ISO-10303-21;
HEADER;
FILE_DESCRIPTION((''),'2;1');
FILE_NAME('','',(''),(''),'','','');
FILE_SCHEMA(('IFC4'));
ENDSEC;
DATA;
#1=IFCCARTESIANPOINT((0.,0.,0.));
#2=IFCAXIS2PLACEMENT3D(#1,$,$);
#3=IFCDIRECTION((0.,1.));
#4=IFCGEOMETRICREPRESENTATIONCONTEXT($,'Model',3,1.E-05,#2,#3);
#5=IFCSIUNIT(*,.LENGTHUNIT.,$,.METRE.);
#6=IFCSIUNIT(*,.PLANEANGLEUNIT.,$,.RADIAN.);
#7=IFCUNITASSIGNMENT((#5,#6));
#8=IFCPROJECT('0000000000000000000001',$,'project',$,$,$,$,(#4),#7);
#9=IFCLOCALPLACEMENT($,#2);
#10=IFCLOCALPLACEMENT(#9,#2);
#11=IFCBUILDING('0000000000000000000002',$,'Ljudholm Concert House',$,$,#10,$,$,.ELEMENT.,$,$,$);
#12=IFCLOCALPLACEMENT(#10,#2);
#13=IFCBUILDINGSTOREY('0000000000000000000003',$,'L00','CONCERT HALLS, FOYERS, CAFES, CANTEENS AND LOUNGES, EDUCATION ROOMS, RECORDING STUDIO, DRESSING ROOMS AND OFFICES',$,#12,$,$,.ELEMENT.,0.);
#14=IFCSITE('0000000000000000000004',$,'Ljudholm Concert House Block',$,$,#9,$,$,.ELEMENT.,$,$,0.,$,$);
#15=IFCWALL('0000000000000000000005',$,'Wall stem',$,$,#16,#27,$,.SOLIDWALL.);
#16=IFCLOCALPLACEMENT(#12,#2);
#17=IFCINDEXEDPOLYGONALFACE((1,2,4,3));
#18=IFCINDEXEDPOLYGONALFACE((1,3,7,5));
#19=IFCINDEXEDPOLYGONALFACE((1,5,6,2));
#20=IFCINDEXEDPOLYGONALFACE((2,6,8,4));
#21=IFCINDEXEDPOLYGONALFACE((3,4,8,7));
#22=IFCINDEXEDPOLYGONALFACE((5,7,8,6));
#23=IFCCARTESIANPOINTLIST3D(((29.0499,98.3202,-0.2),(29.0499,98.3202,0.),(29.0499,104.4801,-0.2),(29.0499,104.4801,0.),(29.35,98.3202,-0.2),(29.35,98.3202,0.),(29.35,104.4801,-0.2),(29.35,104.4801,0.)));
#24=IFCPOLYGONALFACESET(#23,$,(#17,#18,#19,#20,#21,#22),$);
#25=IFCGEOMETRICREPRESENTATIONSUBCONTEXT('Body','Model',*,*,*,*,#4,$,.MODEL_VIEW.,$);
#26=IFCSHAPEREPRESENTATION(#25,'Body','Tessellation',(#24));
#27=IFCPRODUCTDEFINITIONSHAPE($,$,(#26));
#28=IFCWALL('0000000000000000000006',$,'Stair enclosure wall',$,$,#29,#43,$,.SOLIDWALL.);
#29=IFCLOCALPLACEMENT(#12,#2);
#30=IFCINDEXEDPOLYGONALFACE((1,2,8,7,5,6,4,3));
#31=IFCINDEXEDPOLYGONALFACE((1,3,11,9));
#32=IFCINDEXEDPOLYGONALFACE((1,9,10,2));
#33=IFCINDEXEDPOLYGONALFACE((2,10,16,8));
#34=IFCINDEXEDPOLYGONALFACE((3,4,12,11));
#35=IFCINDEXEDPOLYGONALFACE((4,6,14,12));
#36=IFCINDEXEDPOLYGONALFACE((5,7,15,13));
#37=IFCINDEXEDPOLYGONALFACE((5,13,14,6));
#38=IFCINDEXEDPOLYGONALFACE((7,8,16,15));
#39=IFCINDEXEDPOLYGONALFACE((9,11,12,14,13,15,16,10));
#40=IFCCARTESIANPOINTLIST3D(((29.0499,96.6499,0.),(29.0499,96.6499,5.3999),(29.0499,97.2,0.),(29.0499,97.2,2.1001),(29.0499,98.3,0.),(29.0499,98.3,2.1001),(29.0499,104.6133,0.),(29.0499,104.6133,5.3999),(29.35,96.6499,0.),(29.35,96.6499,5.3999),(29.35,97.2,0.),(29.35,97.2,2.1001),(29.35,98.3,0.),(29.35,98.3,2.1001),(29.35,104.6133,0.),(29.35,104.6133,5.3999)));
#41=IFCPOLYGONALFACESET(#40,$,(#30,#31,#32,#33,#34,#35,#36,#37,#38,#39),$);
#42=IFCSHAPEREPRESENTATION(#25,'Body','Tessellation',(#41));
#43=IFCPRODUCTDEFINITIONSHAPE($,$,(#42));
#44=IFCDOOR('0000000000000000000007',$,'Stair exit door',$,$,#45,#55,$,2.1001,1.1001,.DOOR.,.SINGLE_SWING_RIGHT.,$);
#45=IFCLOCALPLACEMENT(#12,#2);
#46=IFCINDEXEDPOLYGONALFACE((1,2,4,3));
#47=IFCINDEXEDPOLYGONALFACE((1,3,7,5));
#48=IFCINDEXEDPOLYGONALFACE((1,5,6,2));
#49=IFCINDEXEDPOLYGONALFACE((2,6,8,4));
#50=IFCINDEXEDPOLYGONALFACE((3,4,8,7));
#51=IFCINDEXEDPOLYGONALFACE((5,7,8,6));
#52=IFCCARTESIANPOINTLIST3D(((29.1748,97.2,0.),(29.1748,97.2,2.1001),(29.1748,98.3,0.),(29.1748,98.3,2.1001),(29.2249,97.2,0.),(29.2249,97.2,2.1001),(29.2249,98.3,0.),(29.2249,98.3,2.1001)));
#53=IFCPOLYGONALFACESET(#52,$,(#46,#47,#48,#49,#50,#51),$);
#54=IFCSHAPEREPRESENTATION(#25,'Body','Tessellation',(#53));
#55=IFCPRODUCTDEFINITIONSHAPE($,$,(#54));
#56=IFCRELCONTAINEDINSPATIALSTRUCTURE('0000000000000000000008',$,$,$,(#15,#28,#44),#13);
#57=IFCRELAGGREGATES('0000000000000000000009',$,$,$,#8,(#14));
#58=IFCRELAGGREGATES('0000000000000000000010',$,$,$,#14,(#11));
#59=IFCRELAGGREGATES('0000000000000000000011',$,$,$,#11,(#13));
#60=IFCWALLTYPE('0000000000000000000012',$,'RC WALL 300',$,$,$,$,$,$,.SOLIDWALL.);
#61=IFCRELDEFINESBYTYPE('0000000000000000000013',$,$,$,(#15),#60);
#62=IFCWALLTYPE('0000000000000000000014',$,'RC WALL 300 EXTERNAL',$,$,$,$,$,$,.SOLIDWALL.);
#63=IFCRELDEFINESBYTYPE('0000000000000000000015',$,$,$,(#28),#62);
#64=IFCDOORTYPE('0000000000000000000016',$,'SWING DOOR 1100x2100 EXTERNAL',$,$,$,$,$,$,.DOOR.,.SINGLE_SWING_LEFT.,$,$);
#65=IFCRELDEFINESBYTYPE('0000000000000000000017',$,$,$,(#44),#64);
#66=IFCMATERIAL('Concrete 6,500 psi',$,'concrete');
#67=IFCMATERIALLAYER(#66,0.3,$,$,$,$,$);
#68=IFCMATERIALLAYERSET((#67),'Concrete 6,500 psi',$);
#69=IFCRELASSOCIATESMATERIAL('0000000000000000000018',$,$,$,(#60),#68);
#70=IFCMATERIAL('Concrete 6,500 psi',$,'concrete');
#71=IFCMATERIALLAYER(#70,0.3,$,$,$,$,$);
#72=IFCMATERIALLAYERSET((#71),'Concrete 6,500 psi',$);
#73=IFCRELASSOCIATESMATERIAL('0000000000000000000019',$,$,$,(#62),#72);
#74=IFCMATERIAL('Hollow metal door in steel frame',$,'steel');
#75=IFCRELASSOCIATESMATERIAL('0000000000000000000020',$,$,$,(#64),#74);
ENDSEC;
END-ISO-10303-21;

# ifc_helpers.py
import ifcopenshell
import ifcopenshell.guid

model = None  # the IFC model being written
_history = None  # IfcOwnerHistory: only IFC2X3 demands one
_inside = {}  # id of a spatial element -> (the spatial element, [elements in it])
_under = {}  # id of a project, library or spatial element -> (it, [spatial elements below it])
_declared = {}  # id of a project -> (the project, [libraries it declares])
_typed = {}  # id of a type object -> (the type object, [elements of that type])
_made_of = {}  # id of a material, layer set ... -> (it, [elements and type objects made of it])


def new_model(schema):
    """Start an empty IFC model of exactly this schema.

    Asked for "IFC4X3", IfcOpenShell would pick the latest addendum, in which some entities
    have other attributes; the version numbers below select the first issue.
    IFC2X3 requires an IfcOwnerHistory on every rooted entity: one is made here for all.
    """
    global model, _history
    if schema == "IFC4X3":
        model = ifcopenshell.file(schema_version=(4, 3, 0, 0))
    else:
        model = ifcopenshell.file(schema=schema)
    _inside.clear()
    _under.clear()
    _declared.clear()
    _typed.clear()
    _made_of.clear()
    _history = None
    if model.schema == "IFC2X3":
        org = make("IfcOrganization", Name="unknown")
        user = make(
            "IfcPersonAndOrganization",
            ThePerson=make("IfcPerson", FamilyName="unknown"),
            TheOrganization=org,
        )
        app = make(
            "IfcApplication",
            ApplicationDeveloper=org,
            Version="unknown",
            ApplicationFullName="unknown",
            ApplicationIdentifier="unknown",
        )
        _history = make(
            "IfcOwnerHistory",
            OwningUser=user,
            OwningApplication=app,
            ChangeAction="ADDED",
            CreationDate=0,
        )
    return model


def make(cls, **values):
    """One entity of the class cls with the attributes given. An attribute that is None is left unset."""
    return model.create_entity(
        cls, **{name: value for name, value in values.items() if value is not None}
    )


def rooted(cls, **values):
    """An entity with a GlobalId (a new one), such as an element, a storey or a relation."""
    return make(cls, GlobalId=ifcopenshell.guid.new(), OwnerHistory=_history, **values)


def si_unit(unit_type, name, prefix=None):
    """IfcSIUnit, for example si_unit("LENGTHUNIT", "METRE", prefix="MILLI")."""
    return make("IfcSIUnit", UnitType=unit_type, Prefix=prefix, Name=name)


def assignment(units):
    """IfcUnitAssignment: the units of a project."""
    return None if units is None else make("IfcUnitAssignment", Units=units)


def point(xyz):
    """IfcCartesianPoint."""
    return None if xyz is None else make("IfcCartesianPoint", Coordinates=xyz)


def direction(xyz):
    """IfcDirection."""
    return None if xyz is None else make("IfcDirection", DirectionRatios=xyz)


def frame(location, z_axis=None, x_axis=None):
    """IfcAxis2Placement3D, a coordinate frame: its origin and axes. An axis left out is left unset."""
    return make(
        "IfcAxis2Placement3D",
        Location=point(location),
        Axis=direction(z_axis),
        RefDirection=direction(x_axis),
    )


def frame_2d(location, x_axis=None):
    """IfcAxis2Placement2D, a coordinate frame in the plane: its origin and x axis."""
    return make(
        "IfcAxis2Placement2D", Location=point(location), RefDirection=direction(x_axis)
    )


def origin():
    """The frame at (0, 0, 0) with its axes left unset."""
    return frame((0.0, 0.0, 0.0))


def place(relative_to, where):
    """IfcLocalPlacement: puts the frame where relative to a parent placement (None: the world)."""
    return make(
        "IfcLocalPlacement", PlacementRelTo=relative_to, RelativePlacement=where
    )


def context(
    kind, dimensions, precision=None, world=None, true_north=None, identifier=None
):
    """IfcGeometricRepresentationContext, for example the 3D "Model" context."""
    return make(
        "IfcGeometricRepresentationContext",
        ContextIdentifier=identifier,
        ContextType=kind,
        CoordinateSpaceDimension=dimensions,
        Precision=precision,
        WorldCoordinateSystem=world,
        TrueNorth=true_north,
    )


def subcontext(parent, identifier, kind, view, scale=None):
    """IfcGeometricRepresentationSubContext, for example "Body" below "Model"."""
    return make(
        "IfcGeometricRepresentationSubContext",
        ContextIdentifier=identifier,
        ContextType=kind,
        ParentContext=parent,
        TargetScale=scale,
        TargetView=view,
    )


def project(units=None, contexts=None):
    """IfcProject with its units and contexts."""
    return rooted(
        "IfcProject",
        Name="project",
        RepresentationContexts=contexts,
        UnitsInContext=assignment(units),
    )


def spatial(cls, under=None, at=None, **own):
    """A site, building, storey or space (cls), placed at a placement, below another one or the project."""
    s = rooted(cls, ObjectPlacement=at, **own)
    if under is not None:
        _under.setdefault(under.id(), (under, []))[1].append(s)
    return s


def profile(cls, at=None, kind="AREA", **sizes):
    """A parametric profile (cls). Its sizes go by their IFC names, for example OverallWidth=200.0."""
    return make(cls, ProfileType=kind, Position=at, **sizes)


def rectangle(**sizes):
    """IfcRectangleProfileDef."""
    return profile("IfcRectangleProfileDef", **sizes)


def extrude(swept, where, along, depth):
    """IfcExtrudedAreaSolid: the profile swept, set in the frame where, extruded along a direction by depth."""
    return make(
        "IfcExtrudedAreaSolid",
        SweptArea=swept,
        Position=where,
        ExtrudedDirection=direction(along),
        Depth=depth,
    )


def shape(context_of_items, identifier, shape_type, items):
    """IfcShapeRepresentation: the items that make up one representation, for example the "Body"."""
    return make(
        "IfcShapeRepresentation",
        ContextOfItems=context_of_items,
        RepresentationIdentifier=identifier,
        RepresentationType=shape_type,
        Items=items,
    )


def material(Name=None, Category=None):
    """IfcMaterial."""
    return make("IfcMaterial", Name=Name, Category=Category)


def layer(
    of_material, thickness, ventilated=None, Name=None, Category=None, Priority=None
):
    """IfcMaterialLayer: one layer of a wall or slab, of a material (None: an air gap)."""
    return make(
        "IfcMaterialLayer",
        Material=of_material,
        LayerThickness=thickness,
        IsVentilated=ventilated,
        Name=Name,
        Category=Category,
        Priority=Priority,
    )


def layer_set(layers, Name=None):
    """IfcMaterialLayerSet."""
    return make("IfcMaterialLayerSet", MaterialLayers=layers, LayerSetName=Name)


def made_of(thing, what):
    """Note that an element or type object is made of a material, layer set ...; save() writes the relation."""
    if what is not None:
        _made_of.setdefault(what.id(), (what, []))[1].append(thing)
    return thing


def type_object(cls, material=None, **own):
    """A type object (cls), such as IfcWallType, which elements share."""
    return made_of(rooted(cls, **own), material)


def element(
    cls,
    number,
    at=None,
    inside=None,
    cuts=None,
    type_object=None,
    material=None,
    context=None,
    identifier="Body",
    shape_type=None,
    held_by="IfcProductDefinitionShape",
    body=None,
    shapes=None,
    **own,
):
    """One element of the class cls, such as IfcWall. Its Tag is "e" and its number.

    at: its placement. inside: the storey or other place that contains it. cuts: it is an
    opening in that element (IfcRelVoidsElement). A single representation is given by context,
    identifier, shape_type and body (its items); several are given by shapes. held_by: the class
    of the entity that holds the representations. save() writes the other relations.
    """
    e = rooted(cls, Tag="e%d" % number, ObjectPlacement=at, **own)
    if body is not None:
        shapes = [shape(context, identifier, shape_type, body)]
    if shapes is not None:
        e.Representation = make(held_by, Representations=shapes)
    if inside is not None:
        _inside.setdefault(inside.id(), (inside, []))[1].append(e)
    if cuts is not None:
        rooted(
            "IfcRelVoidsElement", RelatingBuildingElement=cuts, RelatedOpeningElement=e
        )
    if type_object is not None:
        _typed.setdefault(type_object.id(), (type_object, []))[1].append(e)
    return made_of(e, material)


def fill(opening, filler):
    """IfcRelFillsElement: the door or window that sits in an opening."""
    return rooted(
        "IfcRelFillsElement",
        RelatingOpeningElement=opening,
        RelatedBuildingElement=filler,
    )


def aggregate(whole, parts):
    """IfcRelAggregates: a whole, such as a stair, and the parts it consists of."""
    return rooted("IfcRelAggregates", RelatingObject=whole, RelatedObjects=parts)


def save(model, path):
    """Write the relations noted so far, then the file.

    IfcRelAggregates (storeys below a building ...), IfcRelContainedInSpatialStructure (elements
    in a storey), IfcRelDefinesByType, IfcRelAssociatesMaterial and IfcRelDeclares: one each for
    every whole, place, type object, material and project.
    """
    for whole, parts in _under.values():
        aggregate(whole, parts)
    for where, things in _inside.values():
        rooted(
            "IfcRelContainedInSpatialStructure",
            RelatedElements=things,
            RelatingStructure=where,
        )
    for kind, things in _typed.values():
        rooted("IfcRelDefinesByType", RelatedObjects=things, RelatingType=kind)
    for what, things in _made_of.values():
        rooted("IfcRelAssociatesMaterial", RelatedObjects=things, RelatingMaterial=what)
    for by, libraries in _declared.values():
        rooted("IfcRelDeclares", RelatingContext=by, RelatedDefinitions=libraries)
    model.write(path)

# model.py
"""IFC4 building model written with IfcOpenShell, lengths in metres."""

from ifc_helpers import new_model, si_unit, direction, frame, frame_2d, origin, place, context, subcontext, project, spatial, rectangle, extrude, material, layer, layer_set, type_object, element, fill, save


model = new_model("IFC4")

# Units and contexts
model_context = context("Model", 3, precision=1e-05, world=origin(), true_north=direction((0.0, 1.0)))
body_context = subcontext(model_context, "Body", "Model", "MODEL_VIEW")
ifc_project = project(units=[si_unit("LENGTHUNIT", "METRE"), si_unit("PLANEANGLEUNIT", "RADIAN")], contexts=[model_context])

# Site, building, storey
site_placement = place(None, origin())
site = spatial("IfcSite", under=ifc_project, at=site_placement, Name="Ljudholm Concert House Block", CompositionType="ELEMENT", RefElevation=0.0)
building_placement = place(site_placement, origin())
building = spatial("IfcBuilding", under=site, at=building_placement, Name="Ljudholm Concert House", CompositionType="ELEMENT")
storey_placement = place(building_placement, origin())
storey = spatial("IfcBuildingStorey", under=building, at=storey_placement, Name="L00", Description="CONCERT HALLS, FOYERS, CAFES, CANTEENS AND LOUNGES, EDUCATION ROOMS, RECORDING STUDIO, DRESSING ROOMS AND OFFICES", CompositionType="ELEMENT", Elevation=0.0)

# Wall
ifc_material_1 = material(Name="Concrete 6,500 psi", Category="concrete")
ifc_layer_1 = layer(ifc_material_1, 0.3)
ifc_layer_set_1 = layer_set([ifc_layer_1], Name="Concrete 6,500 psi")
wall_type_1 = type_object("IfcWallType", Name="RC WALL 300", PredefinedType="SOLIDWALL", material=ifc_layer_set_1)
wall_1_placement = place(storey_placement, frame((29.2, 98.3201, -0.2), z_axis=(0.0, 0.0, 1.0), x_axis=(0.0, 1.0, 0.0)))
element("IfcWall", 1, at=wall_1_placement, inside=storey, type_object=wall_type_1, Name="Wall stem", PredefinedType="SOLIDWALL", context=body_context, shape_type="SweptSolid", body=[
    extrude(rectangle(XDim=6.1599, YDim=0.3, at=frame_2d((3.0801, 0.0))), origin(), (0.0, 0.0, 1.0), 0.2),
])

# Wall, opening, door
ifc_material_2 = material(Name="Concrete 6,500 psi", Category="concrete")
ifc_layer_2 = layer(ifc_material_2, 0.3)
ifc_layer_set_2 = layer_set([ifc_layer_2], Name="Concrete 6,500 psi")
wall_type_2 = type_object("IfcWallType", Name="RC WALL 300 EXTERNAL", PredefinedType="SOLIDWALL", material=ifc_layer_set_2)
wall_2_placement = place(storey_placement, frame((29.2, 96.6499, 0.0), z_axis=(0.0, 0.0, 1.0), x_axis=(0.0, 1.0, 0.0)))
wall_2 = element("IfcWall", 2, at=wall_2_placement, inside=storey, type_object=wall_type_2, Name="Stair enclosure wall", PredefinedType="SOLIDWALL", context=body_context, shape_type="SweptSolid", body=[
    extrude(rectangle(XDim=7.9634, YDim=0.3, at=frame_2d((3.9817, 0.0))), origin(), (0.0, 0.0, 1.0), 5.3999),
])
opening_1_placement = place(wall_2_placement, frame((0.55, 0.0, 0.0)))
opening_1 = element("IfcOpeningElement", 3, at=opening_1_placement, cuts=wall_2, PredefinedType="OPENING", context=body_context, shape_type="SweptSolid", body=[
    extrude(rectangle(XDim=1.1001, YDim=2.1001, at=frame_2d((0.55, 1.05))), frame((0.0, 0.1599, 0.0), z_axis=(0.0, -1.0, 0.0), x_axis=(1.0, 0.0, 0.0)), (0.0, 0.0, 1.0), 0.3201),
])
ifc_material_3 = material(Name="Hollow metal door in steel frame", Category="steel")
door_type_1 = type_object("IfcDoorType", Name="SWING DOOR 1100x2100 EXTERNAL", OperationType="SINGLE_SWING_LEFT", PredefinedType="DOOR", material=ifc_material_3)
door_1_placement = place(opening_1_placement, frame((1.1001, 0.0, 0.0), z_axis=(0.0, 0.0, 1.0), x_axis=(-1.0, 0.0, 0.0)))
door_1 = element("IfcDoor", 4, at=door_1_placement, inside=storey, type_object=door_type_1, Name="Stair exit door", OperationType="SINGLE_SWING_RIGHT", OverallHeight=2.1001, OverallWidth=1.1001, PredefinedType="DOOR", context=body_context, shape_type="SweptSolid", body=[
    extrude(rectangle(XDim=1.1001, YDim=2.1001, at=frame_2d((0.55, 1.05))), frame((0.0, 0.0249, 0.0), z_axis=(0.0, -1.0, 0.0), x_axis=(1.0, 0.0, 0.0)), (0.0, 0.0, 1.0), 0.05),
])
fill(opening_1, door_1)

save(model, "model.ifc")
